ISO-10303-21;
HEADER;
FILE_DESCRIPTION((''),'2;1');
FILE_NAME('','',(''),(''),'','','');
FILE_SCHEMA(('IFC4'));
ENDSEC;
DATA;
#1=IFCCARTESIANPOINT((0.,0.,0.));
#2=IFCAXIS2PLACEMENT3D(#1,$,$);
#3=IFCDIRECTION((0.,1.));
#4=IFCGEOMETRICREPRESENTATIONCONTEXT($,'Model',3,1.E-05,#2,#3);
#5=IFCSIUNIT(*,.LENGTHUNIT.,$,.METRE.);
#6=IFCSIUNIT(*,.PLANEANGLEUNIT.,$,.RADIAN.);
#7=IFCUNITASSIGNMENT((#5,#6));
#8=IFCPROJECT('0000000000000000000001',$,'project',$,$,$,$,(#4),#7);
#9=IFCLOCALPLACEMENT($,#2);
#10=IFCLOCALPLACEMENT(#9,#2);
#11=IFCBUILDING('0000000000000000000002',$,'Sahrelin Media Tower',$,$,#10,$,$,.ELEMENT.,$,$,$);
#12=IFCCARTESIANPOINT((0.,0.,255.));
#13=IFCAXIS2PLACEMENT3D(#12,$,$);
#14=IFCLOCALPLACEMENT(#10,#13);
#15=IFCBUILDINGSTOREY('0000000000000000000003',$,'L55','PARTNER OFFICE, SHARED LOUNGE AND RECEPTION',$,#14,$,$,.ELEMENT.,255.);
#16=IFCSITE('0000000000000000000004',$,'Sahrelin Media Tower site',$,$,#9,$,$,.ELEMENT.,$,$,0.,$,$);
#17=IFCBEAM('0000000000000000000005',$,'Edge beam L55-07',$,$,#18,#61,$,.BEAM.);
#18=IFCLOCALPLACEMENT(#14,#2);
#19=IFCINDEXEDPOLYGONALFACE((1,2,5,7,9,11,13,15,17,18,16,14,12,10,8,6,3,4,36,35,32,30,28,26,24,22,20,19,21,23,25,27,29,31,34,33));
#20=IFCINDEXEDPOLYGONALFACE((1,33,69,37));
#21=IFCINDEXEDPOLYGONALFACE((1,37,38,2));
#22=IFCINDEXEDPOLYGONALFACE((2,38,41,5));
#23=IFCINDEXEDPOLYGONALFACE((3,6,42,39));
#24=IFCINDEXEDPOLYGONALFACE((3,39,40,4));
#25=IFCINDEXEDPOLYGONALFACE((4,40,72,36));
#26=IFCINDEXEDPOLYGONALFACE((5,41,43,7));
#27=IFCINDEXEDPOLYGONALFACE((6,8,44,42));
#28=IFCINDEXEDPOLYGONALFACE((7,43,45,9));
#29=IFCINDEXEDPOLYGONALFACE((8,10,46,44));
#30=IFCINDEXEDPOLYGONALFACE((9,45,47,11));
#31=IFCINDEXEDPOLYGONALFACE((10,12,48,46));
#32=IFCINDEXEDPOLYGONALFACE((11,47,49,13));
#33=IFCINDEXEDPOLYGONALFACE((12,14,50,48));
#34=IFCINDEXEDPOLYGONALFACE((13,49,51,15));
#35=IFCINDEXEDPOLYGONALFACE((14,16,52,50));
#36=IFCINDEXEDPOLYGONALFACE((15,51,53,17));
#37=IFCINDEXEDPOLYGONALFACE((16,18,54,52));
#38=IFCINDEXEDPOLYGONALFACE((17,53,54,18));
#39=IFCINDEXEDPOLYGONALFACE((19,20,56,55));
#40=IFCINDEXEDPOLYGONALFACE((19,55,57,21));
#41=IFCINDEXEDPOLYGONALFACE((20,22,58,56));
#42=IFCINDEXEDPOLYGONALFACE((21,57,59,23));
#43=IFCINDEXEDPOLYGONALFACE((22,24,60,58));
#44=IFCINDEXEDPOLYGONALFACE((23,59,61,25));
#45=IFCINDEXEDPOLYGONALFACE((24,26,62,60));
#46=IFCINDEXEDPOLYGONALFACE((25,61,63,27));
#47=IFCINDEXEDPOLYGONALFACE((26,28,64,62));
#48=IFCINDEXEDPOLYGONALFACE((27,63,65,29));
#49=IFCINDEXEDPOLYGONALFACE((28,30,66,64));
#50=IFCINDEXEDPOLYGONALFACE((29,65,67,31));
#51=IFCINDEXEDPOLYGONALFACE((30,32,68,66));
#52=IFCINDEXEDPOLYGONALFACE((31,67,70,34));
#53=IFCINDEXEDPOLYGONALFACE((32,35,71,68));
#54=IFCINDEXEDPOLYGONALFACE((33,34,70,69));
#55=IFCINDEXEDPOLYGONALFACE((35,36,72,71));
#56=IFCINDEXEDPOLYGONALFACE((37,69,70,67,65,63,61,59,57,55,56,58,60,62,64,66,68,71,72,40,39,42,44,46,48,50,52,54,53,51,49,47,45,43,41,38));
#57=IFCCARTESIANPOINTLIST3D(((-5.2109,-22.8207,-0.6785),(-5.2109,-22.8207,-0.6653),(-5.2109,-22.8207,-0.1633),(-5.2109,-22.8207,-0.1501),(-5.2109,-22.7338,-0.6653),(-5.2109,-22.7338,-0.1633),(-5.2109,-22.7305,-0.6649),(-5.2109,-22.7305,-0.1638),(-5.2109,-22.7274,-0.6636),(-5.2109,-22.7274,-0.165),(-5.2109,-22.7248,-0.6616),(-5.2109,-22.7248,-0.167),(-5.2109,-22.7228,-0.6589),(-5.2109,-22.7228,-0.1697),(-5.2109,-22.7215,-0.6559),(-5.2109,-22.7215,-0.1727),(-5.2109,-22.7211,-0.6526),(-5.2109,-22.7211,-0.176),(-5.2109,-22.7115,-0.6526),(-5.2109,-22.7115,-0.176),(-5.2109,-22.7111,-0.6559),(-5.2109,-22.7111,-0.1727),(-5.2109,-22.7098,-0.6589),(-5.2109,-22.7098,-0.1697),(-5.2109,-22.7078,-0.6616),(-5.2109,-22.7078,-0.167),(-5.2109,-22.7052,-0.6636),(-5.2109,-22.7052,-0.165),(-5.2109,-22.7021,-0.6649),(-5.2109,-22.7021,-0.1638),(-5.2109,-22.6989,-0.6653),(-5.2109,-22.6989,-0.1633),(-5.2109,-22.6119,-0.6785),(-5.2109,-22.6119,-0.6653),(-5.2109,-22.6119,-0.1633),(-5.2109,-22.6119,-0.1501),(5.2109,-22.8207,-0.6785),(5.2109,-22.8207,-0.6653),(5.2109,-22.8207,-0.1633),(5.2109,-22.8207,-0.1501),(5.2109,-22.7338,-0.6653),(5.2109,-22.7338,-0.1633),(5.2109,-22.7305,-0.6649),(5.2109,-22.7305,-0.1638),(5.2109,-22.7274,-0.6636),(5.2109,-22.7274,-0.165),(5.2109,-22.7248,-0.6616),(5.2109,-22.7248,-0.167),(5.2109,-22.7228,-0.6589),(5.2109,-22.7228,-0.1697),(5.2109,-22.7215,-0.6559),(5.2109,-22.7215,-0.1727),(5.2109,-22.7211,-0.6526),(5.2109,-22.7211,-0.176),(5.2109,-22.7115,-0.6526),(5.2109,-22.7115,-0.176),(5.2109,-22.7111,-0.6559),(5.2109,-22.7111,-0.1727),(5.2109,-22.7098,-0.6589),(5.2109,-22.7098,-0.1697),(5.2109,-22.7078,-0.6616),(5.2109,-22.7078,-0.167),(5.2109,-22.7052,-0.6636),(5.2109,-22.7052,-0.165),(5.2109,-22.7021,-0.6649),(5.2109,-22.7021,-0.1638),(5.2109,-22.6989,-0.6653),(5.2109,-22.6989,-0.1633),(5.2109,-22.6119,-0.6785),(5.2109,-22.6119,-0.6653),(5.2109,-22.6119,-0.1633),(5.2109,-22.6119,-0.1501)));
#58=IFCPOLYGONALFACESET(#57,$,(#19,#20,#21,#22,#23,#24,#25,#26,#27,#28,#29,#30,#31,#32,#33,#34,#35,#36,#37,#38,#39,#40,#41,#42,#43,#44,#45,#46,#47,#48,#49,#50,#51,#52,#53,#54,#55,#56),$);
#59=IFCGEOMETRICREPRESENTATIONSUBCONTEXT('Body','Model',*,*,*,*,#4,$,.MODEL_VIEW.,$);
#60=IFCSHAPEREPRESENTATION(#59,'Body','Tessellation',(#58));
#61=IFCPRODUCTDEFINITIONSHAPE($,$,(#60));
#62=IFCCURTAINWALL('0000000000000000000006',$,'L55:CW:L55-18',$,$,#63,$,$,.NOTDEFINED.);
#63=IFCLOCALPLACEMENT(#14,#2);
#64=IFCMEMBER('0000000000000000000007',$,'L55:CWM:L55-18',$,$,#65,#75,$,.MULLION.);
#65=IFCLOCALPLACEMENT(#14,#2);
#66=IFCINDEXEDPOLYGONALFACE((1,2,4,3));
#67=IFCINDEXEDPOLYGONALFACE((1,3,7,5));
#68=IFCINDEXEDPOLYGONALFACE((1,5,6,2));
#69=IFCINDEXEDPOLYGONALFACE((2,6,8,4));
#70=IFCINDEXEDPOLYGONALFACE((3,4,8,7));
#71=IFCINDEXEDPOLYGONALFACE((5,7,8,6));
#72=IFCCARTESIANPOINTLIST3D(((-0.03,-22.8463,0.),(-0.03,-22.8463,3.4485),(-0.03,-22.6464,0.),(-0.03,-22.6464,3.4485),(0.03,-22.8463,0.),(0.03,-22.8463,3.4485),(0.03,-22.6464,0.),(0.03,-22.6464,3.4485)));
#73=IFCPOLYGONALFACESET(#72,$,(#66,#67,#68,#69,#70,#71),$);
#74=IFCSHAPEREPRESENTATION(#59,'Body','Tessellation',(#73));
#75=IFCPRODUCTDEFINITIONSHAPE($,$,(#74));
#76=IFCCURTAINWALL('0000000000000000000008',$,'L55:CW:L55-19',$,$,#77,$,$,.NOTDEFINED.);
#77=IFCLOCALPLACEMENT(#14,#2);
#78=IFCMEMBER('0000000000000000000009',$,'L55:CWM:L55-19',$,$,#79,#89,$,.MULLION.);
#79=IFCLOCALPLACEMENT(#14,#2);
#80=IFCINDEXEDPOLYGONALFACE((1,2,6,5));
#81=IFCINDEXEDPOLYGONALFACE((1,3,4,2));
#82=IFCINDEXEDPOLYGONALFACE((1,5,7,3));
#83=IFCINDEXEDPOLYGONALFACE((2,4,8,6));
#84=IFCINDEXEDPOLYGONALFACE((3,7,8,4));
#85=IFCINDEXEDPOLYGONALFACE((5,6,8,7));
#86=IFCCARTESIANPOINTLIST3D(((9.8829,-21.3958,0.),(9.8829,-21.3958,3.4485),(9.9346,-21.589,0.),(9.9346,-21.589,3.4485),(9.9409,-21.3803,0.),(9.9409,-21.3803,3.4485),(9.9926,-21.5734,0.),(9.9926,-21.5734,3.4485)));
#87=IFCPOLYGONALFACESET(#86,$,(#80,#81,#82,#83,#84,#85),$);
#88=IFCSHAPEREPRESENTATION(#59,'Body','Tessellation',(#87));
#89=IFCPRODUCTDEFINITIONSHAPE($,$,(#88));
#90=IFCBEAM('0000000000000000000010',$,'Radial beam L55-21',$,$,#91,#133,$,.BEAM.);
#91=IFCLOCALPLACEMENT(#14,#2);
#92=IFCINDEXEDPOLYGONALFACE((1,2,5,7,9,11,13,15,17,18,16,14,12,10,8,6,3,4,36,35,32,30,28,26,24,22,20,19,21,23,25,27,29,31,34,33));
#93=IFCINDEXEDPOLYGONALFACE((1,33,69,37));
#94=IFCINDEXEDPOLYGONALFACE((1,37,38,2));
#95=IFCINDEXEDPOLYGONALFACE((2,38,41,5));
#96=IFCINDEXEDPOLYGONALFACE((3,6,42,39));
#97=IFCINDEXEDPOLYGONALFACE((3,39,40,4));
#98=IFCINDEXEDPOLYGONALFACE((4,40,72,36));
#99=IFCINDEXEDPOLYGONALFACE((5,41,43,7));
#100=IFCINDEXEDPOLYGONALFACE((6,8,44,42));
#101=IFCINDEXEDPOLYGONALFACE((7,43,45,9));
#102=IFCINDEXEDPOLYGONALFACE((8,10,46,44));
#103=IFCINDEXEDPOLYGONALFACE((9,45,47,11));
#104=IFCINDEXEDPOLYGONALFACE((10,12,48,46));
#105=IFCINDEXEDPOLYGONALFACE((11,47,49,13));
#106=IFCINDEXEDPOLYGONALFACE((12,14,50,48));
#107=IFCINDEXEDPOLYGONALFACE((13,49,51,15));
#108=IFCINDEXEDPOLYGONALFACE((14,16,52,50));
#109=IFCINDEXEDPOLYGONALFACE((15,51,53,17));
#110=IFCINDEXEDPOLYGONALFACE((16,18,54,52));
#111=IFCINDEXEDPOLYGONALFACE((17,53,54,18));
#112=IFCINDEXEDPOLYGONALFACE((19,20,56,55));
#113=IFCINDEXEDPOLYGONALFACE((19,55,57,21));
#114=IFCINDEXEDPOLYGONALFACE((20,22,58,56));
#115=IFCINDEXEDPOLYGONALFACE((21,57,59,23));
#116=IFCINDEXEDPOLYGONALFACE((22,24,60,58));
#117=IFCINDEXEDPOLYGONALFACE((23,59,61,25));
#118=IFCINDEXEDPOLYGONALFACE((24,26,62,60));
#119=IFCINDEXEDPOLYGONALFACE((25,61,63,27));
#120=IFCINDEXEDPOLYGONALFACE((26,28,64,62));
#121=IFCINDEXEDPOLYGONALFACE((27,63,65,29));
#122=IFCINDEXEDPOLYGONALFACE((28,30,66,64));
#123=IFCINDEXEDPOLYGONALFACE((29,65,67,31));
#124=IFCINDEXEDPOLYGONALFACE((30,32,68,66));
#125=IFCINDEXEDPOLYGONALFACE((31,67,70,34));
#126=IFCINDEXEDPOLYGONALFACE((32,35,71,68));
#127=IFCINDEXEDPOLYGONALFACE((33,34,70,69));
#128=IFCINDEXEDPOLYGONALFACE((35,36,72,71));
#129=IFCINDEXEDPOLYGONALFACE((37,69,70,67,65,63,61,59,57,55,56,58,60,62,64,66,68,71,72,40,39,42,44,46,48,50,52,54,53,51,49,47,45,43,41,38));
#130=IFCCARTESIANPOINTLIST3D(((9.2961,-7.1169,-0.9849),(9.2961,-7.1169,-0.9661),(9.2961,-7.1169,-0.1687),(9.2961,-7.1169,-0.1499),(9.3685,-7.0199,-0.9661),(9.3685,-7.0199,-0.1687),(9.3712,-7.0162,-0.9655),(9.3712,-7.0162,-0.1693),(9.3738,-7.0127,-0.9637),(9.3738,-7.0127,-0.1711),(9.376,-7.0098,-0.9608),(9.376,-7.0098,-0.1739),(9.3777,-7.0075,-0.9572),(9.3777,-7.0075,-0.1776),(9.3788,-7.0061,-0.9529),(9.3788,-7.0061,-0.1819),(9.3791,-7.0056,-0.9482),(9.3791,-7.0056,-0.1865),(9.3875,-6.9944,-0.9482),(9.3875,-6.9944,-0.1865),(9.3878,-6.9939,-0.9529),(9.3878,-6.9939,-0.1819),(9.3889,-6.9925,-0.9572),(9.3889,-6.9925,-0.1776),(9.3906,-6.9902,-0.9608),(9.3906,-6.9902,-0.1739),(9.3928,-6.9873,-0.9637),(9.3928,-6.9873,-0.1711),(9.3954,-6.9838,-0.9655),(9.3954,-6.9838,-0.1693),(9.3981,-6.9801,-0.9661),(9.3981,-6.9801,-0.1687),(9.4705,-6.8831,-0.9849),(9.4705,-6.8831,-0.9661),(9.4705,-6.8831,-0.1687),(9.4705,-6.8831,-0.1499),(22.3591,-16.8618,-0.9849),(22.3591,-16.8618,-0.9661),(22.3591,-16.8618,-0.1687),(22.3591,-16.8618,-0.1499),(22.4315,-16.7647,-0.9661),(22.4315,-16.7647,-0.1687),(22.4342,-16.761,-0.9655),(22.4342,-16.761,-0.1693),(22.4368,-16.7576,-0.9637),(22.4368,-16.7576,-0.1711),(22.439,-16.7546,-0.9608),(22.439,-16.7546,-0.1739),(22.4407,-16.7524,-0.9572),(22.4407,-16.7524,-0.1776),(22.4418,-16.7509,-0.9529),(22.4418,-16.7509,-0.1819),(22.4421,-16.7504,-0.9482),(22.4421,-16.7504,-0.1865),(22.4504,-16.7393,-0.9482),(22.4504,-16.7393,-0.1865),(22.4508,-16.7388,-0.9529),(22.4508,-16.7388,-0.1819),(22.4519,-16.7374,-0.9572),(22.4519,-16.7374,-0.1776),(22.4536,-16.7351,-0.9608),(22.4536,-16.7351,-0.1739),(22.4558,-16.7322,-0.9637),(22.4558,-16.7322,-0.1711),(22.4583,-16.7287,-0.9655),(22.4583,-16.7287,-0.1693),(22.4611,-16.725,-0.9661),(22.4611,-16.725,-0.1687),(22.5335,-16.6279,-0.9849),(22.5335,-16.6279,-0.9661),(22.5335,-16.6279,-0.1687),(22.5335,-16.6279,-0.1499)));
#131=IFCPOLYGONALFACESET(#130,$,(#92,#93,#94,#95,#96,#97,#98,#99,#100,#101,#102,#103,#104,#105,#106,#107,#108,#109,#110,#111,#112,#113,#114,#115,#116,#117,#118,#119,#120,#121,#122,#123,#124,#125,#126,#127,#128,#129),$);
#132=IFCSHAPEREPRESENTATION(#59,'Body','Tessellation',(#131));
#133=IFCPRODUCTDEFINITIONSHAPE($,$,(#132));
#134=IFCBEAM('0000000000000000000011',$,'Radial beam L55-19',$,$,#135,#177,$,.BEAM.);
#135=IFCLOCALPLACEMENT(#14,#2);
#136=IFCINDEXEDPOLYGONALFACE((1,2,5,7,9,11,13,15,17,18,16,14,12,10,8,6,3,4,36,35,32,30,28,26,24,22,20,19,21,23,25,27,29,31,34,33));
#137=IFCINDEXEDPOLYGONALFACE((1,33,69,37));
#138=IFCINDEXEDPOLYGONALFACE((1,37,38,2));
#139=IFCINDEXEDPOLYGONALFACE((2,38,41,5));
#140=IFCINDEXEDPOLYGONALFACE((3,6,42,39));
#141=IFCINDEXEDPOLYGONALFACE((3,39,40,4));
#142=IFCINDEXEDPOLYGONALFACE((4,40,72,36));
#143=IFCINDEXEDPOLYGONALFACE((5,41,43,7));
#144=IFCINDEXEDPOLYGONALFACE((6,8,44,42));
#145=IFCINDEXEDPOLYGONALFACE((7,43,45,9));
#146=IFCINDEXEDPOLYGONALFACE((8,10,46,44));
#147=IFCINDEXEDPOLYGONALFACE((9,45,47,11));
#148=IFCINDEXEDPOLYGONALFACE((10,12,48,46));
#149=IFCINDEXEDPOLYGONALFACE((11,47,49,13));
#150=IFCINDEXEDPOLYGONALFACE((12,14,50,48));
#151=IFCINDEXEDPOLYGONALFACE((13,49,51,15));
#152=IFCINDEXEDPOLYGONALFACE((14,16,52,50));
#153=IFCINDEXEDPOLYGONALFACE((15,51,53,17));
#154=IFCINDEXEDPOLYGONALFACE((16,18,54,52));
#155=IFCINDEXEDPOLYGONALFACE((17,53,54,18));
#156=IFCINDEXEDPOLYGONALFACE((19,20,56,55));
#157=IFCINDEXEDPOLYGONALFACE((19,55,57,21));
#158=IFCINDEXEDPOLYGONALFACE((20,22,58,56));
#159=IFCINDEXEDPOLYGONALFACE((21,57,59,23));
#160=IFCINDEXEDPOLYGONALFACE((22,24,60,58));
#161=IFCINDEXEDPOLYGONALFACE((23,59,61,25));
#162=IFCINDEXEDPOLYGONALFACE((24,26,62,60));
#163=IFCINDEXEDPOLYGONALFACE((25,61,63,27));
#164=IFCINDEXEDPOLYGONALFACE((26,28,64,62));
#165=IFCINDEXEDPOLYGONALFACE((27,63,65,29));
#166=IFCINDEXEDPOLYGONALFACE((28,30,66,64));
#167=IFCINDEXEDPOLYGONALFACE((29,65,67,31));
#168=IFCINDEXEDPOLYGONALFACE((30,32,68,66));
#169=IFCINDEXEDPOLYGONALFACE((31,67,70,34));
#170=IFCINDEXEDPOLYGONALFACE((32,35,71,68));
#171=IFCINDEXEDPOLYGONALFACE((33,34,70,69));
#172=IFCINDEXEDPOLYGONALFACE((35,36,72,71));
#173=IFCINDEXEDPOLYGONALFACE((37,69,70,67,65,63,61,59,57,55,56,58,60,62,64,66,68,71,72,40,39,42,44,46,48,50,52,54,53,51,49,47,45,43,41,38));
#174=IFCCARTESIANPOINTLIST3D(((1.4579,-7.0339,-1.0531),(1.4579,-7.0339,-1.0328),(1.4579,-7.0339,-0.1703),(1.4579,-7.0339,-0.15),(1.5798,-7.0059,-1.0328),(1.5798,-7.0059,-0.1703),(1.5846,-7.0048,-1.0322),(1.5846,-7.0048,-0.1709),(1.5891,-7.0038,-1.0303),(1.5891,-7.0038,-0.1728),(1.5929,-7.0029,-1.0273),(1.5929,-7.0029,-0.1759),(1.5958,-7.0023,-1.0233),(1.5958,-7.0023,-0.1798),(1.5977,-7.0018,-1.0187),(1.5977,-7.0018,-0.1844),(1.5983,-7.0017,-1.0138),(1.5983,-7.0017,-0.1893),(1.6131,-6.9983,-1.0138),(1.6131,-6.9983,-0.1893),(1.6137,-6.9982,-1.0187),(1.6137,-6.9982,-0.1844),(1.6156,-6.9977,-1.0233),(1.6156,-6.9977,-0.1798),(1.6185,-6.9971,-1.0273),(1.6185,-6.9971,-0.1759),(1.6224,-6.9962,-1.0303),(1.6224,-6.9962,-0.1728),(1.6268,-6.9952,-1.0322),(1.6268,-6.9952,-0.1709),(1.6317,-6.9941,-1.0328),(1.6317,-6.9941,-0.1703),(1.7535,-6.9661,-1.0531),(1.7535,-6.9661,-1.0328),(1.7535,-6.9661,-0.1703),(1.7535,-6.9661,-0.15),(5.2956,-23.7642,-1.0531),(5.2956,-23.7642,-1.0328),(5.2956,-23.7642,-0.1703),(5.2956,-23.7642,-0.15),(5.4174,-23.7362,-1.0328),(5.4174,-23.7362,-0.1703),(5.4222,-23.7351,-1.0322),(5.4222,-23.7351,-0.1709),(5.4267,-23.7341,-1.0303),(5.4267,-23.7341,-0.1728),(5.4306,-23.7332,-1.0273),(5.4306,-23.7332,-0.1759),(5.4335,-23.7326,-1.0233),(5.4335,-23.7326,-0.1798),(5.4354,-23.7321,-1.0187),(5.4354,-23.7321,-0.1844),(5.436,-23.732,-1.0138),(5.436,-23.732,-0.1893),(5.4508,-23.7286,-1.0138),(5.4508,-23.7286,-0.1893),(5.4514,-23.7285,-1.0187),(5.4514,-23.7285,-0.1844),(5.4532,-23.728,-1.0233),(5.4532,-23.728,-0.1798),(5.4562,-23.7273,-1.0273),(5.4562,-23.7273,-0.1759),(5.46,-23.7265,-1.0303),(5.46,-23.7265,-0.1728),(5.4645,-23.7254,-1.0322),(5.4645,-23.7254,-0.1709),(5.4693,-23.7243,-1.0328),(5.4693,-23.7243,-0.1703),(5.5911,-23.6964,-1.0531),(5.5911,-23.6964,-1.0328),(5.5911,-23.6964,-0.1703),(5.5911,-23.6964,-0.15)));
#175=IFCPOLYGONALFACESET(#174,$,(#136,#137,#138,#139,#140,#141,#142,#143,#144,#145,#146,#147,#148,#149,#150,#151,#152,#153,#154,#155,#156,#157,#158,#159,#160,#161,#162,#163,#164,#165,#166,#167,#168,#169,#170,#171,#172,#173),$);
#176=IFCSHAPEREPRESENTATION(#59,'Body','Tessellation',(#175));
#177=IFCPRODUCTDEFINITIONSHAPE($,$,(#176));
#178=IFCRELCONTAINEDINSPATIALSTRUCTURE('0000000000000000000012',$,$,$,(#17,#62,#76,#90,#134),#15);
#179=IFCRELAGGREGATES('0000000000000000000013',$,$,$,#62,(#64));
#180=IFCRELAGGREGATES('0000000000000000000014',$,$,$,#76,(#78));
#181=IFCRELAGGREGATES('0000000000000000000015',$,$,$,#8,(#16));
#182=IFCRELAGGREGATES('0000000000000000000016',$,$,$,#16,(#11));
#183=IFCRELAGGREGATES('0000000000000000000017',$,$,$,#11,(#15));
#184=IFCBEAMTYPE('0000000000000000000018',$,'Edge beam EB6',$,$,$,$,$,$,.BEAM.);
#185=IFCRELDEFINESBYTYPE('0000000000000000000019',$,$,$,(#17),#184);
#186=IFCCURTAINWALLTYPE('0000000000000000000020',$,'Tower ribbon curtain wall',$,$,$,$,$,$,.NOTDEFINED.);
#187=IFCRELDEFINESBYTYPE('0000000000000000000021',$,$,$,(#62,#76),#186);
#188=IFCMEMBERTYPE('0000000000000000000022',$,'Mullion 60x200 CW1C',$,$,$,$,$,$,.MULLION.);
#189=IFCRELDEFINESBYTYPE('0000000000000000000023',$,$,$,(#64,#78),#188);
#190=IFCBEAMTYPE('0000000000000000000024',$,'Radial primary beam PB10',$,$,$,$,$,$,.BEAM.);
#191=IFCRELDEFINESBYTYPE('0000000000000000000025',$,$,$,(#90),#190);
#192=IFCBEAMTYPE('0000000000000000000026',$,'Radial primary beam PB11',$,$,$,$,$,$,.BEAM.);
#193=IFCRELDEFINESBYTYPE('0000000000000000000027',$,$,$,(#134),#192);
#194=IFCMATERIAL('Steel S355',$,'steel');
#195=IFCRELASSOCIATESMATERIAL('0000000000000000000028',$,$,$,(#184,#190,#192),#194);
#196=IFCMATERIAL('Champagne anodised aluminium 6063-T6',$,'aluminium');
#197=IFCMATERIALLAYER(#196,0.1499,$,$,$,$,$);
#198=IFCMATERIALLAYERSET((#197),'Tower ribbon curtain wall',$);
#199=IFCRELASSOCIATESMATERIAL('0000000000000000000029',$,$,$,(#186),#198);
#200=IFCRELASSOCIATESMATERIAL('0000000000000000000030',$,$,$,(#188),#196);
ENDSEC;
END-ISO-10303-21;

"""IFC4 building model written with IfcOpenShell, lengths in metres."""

from ifc_helpers import new_model, si_unit, direction, frame, origin, origin_2d, place, context, subcontext, project, spatial, rectangle, i_section, extrude, material, layer, layer_set, material_profile, profile_set, type_object, element, aggregate, save


model = new_model("IFC4")

# Units and contexts
model_context = context("Model", 3, precision=1e-05, world=origin(), true_north=direction((0.0, 1.0)))
body_context = subcontext(model_context, "Body", "Model", "MODEL_VIEW")
ifc_project = project(units=[si_unit("LENGTHUNIT", "METRE"), si_unit("PLANEANGLEUNIT", "RADIAN")], contexts=[model_context])

# Site, building, storey
site_placement = place(None, origin())
site = spatial("IfcSite", under=ifc_project, at=site_placement, Name="Sahrelin Media Tower site", CompositionType="ELEMENT", RefElevation=0.0)
building_placement = place(site_placement, origin())
building = spatial("IfcBuilding", under=site, at=building_placement, Name="Sahrelin Media Tower", CompositionType="ELEMENT")
storey_placement = place(building_placement, frame((0.0, 0.0, 255.0)))
storey = spatial("IfcBuildingStorey", under=building, at=storey_placement, Name="L55", Description="PARTNER OFFICE, SHARED LOUNGE AND RECEPTION", CompositionType="ELEMENT", Elevation=255.0)

# Beam
ifc_material_1 = material(Name="Steel S355", Category="steel")
ifc_material_profile_1 = material_profile(ifc_material_1, i_section(OverallWidth=0.2087, OverallDepth=0.5283, WebThickness=0.0095, FlangeThickness=0.0132, FilletRadius=0.0127, at=origin_2d()), Name="UB 533x210x82")
ifc_profile_set_1 = profile_set([ifc_material_profile_1], Name="Steel S355")
beam_type_1 = type_object("IfcBeamType", Name="Edge beam EB6", PredefinedType="BEAM", material=ifc_profile_set_1)
beam_1_placement = place(storey_placement, frame((5.2109, -22.7163, -0.4143), z_axis=(-1.0, 0.0, 0.0), x_axis=(0.0, -1.0, 0.0)))
element("IfcBeam", 1, at=beam_1_placement, inside=storey, type_object=beam_type_1, Name="Edge beam L55-07", PredefinedType="BEAM", context=body_context, shape_type="SweptSolid", body=[
    extrude(i_section(OverallWidth=0.2087, OverallDepth=0.5283, WebThickness=0.0095, FlangeThickness=0.0132, FilletRadius=0.0127, at=origin_2d()), origin(), (0.0, 0.0, 1.0), 10.4219),
])

# Curtain walls, members
ifc_material_2 = material(Name="Champagne anodised aluminium 6063-T6", Category="aluminium")
ifc_layer_1 = layer(ifc_material_2, 0.1499)
ifc_layer_set_1 = layer_set([ifc_layer_1], Name="Tower ribbon curtain wall")
curtain_wall_type = type_object("IfcCurtainWallType", Name="Tower ribbon curtain wall", PredefinedType="NOTDEFINED", material=ifc_layer_set_1)
curtain_wall_1_placement = place(storey_placement, frame((0.0, -22.8662, 0.0), z_axis=(0.0, 0.0, 1.0), x_axis=(1.0, 0.0, 0.0)))
curtain_wall_1 = element("IfcCurtainWall", 2, at=curtain_wall_1_placement, inside=storey, type_object=curtain_wall_type, Name="L55:CW:L55-18", PredefinedType="NOTDEFINED")
ifc_material_profile_2 = material_profile(ifc_material_2, rectangle(XDim=0.0601, YDim=0.2, at=origin_2d()), Name="Mullion 60x200")
ifc_profile_set_2 = profile_set([ifc_material_profile_2], Name="Champagne anodised aluminium 6063-T6")
member_type_1 = type_object("IfcMemberType", Name="Mullion 60x200 CW1C", PredefinedType="MULLION", material=ifc_profile_set_2)
member_1_placement = place(storey_placement, frame((0.0, -22.7463, 0.0), z_axis=(0.0, 0.0, 1.0), x_axis=(1.0, 0.0, 0.0)))
member_1 = element("IfcMember", 3, at=member_1_placement, type_object=member_type_1, Name="L55:CWM:L55-18", PredefinedType="MULLION", context=body_context, shape_type="SweptSolid", body=[
    extrude(rectangle(XDim=0.0601, YDim=0.2, at=origin_2d()), origin(), (0.0, 0.0, 1.0), 3.4485),
])
aggregate(curtain_wall_1, [member_1])
curtain_wall_2_placement = place(storey_placement, frame((9.9688, -21.6006, 0.0), z_axis=(0.0, 0.0, 1.0), x_axis=(1.0, 0.0, 0.0)))
curtain_wall_2 = element("IfcCurtainWall", 4, at=curtain_wall_2_placement, inside=storey, type_object=curtain_wall_type, Name="L55:CW:L55-19", PredefinedType="NOTDEFINED")
member_2_placement = place(storey_placement, frame((9.9377, -21.4846, 0.0), z_axis=(0.0, 0.0, 1.0), x_axis=(0.965927, 0.258816, 0.0)))
member_2 = element("IfcMember", 5, at=member_2_placement, type_object=member_type_1, Name="L55:CWM:L55-19", PredefinedType="MULLION", context=body_context, shape_type="SweptSolid", body=[
    extrude(rectangle(XDim=0.0601, YDim=0.2, at=origin_2d()), origin(), (0.0, 0.0, 1.0), 3.4485),
])

# Beams
ifc_material_profile_3 = material_profile(ifc_material_1, i_section(OverallWidth=0.2917, OverallDepth=0.835, WebThickness=0.0139, FlangeThickness=0.0188, FilletRadius=0.0178, at=origin_2d()), Name="UB 838x292x176")
ifc_profile_set_3 = profile_set([ifc_material_profile_3], Name="Steel S355")
beam_type_2 = type_object("IfcBeamType", Name="Radial primary beam PB10", PredefinedType="BEAM", material=ifc_profile_set_3)
beam_2_placement = place(storey_placement, frame((9.3833, -7.0, -0.5674), z_axis=(0.80154, -0.597942, 0.0), x_axis=(0.597942, 0.80154, 0.0)))
element("IfcBeam", 6, at=beam_2_placement, inside=storey, type_object=beam_type_2, Name="Radial beam L55-21", PredefinedType="BEAM", context=body_context, shape_type="SweptSolid", body=[
    extrude(i_section(OverallWidth=0.2917, OverallDepth=0.835, WebThickness=0.0139, FlangeThickness=0.0188, FilletRadius=0.0178, at=origin_2d()), origin(), (0.0, 0.0, 1.0), 16.2974),
])
ifc_material_profile_4 = material_profile(ifc_material_1, i_section(OverallWidth=0.3032, OverallDepth=0.9031, WebThickness=0.0151, FlangeThickness=0.0203, FilletRadius=0.019, at=origin_2d()), Name="UB 914x305x201")
ifc_profile_set_4 = profile_set([ifc_material_profile_4], Name="Steel S355")
beam_type_3 = type_object("IfcBeamType", Name="Radial primary beam PB11", PredefinedType="BEAM", material=ifc_profile_set_4)
beam_3_placement = place(storey_placement, frame((1.6057, -7.0, -0.6016), z_axis=(0.223577, -0.974686, 0.0), x_axis=(0.974686, 0.223577, 0.0)))
element("IfcBeam", 7, at=beam_3_placement, inside=storey, type_object=beam_type_3, Name="Radial beam L55-19", PredefinedType="BEAM", context=body_context, shape_type="SweptSolid", body=[
    extrude(i_section(OverallWidth=0.3032, OverallDepth=0.9031, WebThickness=0.0151, FlangeThickness=0.0203, FilletRadius=0.019, at=origin_2d()), origin(), (0.0, 0.0, 1.0), 17.1648),
])

aggregate(curtain_wall_2, [member_2])

save(model, "model.ifc")
